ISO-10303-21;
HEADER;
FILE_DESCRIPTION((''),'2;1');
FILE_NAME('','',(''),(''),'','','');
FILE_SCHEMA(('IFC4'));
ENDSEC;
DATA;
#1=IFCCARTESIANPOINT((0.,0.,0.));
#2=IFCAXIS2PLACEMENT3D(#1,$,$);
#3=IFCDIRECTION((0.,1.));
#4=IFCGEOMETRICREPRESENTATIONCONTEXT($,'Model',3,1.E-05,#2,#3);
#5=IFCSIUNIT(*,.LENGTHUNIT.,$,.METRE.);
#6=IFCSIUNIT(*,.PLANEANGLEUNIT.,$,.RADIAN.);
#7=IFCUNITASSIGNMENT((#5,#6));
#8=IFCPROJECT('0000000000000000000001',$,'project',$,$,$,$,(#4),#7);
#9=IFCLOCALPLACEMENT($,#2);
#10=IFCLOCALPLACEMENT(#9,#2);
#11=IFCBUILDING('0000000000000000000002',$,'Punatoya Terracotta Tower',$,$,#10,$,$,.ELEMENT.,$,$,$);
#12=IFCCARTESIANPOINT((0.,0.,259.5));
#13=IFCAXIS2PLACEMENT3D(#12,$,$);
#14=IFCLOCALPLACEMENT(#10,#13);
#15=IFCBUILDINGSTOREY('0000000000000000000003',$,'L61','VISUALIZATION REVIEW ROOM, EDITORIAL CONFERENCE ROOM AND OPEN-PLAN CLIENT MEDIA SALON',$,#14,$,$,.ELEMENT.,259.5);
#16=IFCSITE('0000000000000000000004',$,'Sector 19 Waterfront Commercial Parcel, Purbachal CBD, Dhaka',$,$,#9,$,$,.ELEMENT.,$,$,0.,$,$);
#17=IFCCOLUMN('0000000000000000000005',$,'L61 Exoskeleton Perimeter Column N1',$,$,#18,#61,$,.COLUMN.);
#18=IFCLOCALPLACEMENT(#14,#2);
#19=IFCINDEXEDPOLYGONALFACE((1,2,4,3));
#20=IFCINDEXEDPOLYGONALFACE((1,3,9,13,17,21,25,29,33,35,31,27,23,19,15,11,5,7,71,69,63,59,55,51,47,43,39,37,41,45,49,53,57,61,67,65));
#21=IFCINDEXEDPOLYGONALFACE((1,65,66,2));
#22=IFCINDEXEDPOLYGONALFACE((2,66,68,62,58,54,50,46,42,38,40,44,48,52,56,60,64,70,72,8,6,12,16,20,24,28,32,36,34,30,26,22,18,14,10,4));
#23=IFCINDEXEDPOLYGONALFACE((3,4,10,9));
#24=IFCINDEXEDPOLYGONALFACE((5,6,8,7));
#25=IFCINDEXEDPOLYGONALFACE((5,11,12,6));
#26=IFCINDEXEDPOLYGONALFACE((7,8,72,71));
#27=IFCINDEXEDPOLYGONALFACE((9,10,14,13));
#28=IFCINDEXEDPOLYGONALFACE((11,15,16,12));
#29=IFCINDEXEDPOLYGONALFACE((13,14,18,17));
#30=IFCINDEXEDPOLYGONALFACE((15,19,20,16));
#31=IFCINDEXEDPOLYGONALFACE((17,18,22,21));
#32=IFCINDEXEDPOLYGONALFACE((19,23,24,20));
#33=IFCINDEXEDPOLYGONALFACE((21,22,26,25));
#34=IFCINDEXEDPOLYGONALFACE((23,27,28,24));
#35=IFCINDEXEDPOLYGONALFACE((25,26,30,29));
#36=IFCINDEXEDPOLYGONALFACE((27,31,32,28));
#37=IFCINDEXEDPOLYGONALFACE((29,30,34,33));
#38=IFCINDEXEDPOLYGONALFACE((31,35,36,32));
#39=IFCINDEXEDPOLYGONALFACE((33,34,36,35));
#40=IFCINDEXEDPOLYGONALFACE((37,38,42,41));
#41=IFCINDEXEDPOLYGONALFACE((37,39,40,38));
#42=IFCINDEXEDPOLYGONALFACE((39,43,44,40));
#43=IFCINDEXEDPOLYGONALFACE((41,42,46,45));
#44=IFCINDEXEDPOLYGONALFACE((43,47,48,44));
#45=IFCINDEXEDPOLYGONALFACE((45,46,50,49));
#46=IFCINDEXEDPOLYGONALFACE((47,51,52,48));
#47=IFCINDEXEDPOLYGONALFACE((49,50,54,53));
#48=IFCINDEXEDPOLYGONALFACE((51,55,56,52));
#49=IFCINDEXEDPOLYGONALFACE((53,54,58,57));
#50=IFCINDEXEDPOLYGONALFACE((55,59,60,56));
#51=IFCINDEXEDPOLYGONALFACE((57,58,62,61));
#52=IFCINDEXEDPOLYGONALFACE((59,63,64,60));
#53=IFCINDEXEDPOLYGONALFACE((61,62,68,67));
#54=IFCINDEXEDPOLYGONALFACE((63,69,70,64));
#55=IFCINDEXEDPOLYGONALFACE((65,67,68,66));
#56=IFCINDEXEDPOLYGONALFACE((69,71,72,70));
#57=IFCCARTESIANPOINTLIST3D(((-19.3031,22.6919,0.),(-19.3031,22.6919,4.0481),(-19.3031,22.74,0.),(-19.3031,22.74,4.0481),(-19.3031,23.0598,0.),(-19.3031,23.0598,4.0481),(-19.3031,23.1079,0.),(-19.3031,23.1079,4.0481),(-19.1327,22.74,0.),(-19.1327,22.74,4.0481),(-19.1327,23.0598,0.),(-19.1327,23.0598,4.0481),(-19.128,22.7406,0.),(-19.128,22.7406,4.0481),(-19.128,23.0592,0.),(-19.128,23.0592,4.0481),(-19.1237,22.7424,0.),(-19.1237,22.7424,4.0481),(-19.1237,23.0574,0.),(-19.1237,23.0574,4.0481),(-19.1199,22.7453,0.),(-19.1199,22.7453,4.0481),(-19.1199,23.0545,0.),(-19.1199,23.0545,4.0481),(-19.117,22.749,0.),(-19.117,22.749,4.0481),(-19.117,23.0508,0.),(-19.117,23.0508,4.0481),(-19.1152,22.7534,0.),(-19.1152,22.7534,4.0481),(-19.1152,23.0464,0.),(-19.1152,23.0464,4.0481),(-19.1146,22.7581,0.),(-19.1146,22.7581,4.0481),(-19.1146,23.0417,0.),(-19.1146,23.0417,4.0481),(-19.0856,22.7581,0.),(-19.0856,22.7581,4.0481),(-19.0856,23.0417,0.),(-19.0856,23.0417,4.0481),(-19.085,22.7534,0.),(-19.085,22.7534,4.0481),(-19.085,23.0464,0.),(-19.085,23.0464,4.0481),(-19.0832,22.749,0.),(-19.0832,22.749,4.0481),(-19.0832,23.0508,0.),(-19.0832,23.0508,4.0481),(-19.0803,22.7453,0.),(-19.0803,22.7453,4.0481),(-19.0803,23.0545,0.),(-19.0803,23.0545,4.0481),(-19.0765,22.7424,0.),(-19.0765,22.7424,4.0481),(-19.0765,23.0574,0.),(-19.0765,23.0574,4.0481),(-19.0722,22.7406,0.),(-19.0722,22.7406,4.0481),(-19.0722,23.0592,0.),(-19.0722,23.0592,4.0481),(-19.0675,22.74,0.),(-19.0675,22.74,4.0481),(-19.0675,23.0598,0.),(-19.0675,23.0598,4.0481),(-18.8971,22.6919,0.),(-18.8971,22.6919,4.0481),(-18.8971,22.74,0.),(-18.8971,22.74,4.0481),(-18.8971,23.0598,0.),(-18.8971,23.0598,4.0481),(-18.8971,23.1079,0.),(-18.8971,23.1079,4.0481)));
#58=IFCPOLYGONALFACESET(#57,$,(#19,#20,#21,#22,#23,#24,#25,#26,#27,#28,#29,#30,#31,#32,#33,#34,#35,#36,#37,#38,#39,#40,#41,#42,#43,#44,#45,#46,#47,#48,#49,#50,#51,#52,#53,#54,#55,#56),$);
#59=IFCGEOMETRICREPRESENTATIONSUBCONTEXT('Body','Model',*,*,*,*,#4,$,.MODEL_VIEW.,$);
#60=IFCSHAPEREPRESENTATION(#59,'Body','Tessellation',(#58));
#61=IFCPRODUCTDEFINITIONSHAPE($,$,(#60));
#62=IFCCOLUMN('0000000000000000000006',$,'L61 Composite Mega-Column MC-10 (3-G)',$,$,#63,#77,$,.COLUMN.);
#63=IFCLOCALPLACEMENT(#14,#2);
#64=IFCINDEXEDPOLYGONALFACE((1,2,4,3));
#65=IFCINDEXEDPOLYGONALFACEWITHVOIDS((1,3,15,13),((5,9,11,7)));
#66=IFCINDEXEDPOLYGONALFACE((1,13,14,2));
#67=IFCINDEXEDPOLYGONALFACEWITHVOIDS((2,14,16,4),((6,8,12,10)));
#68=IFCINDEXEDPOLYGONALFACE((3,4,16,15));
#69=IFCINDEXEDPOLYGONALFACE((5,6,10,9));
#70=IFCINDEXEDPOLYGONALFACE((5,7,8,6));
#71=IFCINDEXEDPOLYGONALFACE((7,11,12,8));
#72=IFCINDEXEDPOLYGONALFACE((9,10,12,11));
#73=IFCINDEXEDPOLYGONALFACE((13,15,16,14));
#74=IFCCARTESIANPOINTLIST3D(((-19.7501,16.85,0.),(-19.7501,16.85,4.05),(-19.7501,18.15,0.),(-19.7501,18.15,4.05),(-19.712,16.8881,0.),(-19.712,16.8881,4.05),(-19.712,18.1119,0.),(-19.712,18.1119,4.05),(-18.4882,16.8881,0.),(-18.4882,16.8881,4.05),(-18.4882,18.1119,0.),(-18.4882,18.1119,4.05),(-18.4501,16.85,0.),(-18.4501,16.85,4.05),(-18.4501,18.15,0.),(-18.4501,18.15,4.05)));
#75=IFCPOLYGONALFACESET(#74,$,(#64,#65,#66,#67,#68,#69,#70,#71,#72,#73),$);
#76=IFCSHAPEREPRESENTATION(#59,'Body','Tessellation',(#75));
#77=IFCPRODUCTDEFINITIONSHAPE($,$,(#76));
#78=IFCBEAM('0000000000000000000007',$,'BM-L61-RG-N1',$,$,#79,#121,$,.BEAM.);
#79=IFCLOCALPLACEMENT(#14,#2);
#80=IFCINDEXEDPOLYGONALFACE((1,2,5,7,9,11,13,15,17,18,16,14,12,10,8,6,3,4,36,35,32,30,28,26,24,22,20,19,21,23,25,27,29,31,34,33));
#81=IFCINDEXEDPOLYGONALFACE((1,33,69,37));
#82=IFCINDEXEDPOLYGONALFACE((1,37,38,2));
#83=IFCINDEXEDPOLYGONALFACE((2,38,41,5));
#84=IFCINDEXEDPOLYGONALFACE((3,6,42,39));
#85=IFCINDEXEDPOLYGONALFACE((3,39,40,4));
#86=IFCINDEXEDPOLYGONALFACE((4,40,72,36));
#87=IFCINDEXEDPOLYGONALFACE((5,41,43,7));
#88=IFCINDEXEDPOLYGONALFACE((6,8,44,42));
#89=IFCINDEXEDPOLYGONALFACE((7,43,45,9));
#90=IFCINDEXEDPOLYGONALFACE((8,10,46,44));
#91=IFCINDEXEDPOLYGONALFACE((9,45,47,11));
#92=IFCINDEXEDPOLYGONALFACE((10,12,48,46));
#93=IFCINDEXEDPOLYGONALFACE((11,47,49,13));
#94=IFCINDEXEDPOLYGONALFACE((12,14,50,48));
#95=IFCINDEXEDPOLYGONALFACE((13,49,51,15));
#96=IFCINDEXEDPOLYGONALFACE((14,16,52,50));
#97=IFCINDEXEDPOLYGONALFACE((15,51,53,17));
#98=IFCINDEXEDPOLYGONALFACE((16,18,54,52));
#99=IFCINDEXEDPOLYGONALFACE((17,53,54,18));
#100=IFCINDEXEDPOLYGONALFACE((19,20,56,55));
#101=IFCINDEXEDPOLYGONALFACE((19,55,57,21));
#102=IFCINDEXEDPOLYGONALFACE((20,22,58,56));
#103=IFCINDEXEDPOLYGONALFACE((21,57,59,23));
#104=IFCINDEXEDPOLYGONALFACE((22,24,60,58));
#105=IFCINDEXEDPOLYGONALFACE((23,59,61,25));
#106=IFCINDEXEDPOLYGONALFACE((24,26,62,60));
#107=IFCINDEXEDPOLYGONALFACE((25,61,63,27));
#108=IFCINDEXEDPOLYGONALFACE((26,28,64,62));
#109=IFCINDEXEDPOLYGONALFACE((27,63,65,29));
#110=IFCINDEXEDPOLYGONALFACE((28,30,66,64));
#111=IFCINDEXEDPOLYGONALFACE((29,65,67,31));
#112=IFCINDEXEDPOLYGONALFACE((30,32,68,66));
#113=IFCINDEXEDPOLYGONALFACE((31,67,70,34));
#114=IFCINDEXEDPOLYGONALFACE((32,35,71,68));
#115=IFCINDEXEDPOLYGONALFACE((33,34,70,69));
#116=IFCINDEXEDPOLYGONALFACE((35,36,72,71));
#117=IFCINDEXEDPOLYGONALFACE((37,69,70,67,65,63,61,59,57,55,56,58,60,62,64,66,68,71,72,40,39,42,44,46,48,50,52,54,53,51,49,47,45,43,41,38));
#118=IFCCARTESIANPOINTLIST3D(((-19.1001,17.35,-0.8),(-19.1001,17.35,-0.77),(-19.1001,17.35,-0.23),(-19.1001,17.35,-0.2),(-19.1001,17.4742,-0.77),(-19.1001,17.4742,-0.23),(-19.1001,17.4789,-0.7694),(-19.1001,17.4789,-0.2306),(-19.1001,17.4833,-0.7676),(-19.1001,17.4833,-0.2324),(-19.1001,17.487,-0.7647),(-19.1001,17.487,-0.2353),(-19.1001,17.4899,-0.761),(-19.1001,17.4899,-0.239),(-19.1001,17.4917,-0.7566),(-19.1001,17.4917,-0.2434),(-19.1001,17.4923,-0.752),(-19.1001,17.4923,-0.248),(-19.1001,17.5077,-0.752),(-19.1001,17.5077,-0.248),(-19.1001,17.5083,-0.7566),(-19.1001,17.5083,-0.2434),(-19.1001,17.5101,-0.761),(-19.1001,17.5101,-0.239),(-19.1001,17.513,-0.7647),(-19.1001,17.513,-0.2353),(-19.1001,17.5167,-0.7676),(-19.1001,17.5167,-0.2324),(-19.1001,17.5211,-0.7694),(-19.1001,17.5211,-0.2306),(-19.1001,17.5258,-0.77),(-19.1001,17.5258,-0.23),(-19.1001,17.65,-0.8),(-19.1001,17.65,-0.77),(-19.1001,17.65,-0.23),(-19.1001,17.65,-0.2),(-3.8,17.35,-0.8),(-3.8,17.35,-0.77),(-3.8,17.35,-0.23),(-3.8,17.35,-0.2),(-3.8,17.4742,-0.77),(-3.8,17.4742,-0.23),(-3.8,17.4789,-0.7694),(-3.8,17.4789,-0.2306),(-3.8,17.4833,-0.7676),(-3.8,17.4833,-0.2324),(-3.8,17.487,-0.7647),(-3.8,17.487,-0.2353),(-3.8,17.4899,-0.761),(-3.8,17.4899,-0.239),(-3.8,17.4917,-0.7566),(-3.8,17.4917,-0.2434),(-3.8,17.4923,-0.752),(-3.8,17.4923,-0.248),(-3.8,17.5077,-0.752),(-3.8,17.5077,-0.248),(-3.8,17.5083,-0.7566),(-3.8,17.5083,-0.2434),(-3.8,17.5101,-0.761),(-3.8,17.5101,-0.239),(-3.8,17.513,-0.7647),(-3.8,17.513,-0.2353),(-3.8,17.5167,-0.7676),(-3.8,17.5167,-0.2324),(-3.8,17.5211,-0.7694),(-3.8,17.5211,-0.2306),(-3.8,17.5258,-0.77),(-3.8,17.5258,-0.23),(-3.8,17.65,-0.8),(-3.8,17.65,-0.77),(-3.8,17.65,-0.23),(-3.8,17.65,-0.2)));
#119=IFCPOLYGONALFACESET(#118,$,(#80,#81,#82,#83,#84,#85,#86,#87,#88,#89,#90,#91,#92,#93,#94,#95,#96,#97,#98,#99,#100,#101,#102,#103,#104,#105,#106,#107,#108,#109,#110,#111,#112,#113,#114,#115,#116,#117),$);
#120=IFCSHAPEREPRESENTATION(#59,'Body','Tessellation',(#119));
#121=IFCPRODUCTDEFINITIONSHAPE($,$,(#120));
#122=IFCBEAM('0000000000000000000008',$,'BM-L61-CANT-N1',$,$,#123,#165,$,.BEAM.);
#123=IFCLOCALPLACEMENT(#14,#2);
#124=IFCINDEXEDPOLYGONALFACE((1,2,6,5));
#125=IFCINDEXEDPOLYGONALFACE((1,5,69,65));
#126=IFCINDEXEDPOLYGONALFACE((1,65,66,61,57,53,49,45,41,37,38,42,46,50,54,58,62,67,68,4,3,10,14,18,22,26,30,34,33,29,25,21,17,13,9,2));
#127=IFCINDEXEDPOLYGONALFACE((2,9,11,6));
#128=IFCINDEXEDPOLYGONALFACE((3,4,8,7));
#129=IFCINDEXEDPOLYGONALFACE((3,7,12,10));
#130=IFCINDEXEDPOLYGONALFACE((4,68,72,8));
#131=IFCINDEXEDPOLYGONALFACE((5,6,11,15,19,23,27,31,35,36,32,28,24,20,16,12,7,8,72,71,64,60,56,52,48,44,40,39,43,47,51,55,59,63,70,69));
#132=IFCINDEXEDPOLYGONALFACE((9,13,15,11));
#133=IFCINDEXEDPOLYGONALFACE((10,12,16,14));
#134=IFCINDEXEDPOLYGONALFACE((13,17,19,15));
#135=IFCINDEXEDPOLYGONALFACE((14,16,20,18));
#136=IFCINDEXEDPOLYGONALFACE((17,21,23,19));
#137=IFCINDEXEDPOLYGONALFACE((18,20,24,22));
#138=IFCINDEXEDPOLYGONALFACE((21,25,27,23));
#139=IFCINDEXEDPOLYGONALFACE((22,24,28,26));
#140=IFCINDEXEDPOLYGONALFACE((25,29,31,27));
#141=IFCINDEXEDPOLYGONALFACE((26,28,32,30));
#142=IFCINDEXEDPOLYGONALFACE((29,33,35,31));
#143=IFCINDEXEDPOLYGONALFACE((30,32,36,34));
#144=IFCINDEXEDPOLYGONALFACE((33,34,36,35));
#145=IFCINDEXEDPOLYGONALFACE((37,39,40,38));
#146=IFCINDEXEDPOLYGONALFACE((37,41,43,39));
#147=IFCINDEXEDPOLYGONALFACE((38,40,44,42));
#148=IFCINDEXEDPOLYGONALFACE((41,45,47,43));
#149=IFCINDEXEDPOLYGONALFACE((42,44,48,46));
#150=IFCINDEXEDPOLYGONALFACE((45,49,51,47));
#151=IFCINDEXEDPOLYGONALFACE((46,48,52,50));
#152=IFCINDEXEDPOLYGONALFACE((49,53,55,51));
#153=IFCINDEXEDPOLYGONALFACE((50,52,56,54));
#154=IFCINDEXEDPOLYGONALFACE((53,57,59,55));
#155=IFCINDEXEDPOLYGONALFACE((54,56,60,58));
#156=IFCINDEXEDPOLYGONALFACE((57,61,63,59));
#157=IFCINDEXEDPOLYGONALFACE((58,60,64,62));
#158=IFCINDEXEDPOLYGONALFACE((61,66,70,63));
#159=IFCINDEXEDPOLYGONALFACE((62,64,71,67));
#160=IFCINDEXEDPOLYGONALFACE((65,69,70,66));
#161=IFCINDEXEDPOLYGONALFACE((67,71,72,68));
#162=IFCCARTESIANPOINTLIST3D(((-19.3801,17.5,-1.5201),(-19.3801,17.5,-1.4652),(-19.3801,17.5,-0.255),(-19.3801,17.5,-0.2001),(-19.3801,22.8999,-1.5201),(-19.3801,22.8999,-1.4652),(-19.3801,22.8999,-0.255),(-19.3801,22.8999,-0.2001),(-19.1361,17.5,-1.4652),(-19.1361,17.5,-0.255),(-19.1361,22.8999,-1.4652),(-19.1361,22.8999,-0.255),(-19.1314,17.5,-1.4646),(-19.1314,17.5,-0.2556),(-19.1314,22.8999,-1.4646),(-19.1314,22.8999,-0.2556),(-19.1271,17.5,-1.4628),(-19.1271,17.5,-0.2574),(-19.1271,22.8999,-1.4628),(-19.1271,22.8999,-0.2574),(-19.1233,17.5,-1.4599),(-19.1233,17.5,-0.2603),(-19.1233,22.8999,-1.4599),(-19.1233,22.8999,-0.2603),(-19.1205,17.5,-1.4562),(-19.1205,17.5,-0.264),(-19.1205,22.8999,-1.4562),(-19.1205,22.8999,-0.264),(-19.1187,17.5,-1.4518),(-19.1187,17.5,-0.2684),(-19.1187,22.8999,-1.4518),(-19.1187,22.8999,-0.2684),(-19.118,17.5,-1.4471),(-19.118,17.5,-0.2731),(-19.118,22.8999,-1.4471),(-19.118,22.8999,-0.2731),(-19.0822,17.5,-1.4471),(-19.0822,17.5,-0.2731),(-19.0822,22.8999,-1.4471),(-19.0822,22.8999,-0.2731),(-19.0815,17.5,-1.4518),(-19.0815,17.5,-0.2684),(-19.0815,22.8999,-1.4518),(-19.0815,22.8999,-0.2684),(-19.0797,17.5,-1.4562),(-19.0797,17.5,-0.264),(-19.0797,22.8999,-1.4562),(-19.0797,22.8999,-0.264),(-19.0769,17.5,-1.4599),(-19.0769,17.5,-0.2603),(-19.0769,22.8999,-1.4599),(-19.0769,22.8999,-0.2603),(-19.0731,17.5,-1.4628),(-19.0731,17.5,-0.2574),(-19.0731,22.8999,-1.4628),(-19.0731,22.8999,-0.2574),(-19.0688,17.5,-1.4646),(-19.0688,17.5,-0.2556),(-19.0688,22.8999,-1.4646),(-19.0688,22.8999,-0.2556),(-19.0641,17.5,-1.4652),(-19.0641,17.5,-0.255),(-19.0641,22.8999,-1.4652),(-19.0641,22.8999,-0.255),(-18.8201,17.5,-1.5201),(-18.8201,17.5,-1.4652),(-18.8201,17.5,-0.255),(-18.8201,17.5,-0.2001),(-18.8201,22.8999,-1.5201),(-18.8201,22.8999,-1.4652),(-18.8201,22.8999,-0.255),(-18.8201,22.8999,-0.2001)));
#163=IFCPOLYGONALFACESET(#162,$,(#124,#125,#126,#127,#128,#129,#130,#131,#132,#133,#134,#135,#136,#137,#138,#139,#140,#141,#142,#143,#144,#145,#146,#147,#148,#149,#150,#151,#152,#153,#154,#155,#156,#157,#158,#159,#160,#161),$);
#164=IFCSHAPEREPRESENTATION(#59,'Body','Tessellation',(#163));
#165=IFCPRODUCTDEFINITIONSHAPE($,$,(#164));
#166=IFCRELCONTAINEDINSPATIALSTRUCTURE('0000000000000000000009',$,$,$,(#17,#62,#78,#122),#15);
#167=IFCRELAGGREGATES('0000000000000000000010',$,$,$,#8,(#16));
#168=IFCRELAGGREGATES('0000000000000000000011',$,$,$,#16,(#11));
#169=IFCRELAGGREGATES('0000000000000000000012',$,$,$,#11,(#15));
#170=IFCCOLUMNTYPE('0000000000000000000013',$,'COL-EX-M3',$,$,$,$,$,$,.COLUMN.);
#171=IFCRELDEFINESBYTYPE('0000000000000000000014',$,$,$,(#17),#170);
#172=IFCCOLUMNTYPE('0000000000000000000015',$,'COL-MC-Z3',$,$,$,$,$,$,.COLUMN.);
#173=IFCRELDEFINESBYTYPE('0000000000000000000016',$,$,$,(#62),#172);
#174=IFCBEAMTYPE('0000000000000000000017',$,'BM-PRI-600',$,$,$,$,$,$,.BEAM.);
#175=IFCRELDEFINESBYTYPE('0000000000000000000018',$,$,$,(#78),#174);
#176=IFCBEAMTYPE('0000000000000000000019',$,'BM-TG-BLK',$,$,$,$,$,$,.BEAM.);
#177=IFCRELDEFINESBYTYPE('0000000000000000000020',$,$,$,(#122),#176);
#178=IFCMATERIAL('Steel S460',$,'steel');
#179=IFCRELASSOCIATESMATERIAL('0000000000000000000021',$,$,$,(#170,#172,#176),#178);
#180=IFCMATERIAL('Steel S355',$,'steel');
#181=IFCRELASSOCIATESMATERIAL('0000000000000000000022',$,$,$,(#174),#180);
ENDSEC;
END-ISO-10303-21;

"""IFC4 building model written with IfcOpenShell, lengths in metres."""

from ifc_helpers import new_model, si_unit, direction, frame, origin, origin_2d, place, context, subcontext, project, spatial, hollow_rectangle, i_section, extrude, material, material_profile, profile_set, type_object, element, save


model = new_model("IFC4")

# Units and contexts
model_context = context("Model", 3, precision=1e-05, world=origin(), true_north=direction((0.0, 1.0)))
body_context = subcontext(model_context, "Body", "Model", "MODEL_VIEW")
ifc_project = project(units=[si_unit("LENGTHUNIT", "METRE"), si_unit("PLANEANGLEUNIT", "RADIAN")], contexts=[model_context])

# Site, building, storey
site_placement = place(None, origin())
site = spatial("IfcSite", under=ifc_project, at=site_placement, Name="Sector 19 Waterfront Commercial Parcel, Purbachal CBD, Dhaka", CompositionType="ELEMENT", RefElevation=0.0)
building_placement = place(site_placement, origin())
building = spatial("IfcBuilding", under=site, at=building_placement, Name="Punatoya Terracotta Tower", CompositionType="ELEMENT")
storey_placement = place(building_placement, frame((0.0, 0.0, 259.5)))
storey = spatial("IfcBuildingStorey", under=building, at=storey_placement, Name="L61", Description="VISUALIZATION REVIEW ROOM, EDITORIAL CONFERENCE ROOM AND OPEN-PLAN CLIENT MEDIA SALON", CompositionType="ELEMENT", Elevation=259.5)

# Columns
ifc_material_1 = material(Name="Steel S460", Category="steel")
ifc_material_profile_1 = material_profile(ifc_material_1, i_section(OverallWidth=0.406, OverallDepth=0.416, WebThickness=0.0291, FlangeThickness=0.0481, FilletRadius=0.0181, at=origin_2d()))
ifc_profile_set_1 = profile_set([ifc_material_profile_1], Name="Steel S460")
column_type_1 = type_object("IfcColumnType", Name="COL-EX-M3", PredefinedType="COLUMN", material=ifc_profile_set_1)
column_1_placement = place(storey_placement, frame((-19.1001, 22.8999, 0.0), z_axis=(0.0, 0.0, 1.0), x_axis=(1.0, 0.0, 0.0)))
element("IfcColumn", 1, at=column_1_placement, inside=storey, type_object=column_type_1, Name="L61 Exoskeleton Perimeter Column N1", PredefinedType="COLUMN", context=body_context, shape_type="SweptSolid", body=[
    extrude(i_section(OverallWidth=0.406, OverallDepth=0.416, WebThickness=0.0291, FlangeThickness=0.0481, FilletRadius=0.0181, at=origin_2d()), origin(), (0.0, 0.0, 1.0), 4.0481),
])
ifc_material_profile_2 = material_profile(ifc_material_1, hollow_rectangle(XDim=1.3, YDim=1.3, WallThickness=0.0381, at=origin_2d()))
ifc_profile_set_2 = profile_set([ifc_material_profile_2], Name="Steel S460")
column_type_2 = type_object("IfcColumnType", Name="COL-MC-Z3", PredefinedType="COLUMN", material=ifc_profile_set_2)
column_2_placement = place(storey_placement, frame((-19.1001, 17.5, 0.0), z_axis=(0.0, 0.0, 1.0), x_axis=(1.0, 0.0, 0.0)))
element("IfcColumn", 2, at=column_2_placement, inside=storey, type_object=column_type_2, Name="L61 Composite Mega-Column MC-10 (3-G)", PredefinedType="COLUMN", context=body_context, shape_type="SweptSolid", body=[
    extrude(hollow_rectangle(XDim=1.3, YDim=1.3, WallThickness=0.0381, at=origin_2d()), origin(), (0.0, 0.0, 1.0), 4.05),
])

# Beams
ifc_material_2 = material(Name="Steel S355", Category="steel")
ifc_material_profile_3 = material_profile(ifc_material_2, i_section(OverallWidth=0.3, OverallDepth=0.6001, WebThickness=0.0154, FlangeThickness=0.03, FilletRadius=0.0181, at=origin_2d()))
ifc_profile_set_3 = profile_set([ifc_material_profile_3], Name="Steel S355")
beam_type_1 = type_object("IfcBeamType", Name="BM-PRI-600", PredefinedType="BEAM", material=ifc_profile_set_3)
beam_1_placement = place(storey_placement, frame((-19.1001, 17.5, -0.5), z_axis=(1.0, 0.0, 0.0), x_axis=(0.0, 1.0, 0.0)))
element("IfcBeam", 3, at=beam_1_placement, inside=storey, type_object=beam_type_1, Name="BM-L61-RG-N1", PredefinedType="BEAM", context=body_context, shape_type="SweptSolid", body=[
    extrude(i_section(OverallWidth=0.3, OverallDepth=0.6001, WebThickness=0.0154, FlangeThickness=0.03, FilletRadius=0.0181, at=origin_2d()), origin(), (0.0, 0.0, 1.0), 15.3),
])
ifc_material_profile_4 = material_profile(ifc_material_1, i_section(OverallWidth=0.5601, OverallDepth=1.3201, WebThickness=0.0359, FlangeThickness=0.0549, FilletRadius=0.0181, at=origin_2d()))
ifc_profile_set_4 = profile_set([ifc_material_profile_4], Name="Steel S460")
beam_type_2 = type_object("IfcBeamType", Name="BM-TG-BLK", PredefinedType="BEAM", material=ifc_profile_set_4)
beam_2_placement = place(storey_placement, frame((-19.1001, 17.5, -0.8601), z_axis=(0.0, 1.0, 0.0), x_axis=(-1.0, 0.0, 0.0)))
element("IfcBeam", 4, at=beam_2_placement, inside=storey, type_object=beam_type_2, Name="BM-L61-CANT-N1", PredefinedType="BEAM", context=body_context, shape_type="SweptSolid", body=[
    extrude(i_section(OverallWidth=0.5601, OverallDepth=1.3201, WebThickness=0.0359, FlangeThickness=0.0549, FilletRadius=0.0181, at=origin_2d()), origin(), (0.0, 0.0, 1.0), 5.3999),
])

save(model, "model.ifc")
